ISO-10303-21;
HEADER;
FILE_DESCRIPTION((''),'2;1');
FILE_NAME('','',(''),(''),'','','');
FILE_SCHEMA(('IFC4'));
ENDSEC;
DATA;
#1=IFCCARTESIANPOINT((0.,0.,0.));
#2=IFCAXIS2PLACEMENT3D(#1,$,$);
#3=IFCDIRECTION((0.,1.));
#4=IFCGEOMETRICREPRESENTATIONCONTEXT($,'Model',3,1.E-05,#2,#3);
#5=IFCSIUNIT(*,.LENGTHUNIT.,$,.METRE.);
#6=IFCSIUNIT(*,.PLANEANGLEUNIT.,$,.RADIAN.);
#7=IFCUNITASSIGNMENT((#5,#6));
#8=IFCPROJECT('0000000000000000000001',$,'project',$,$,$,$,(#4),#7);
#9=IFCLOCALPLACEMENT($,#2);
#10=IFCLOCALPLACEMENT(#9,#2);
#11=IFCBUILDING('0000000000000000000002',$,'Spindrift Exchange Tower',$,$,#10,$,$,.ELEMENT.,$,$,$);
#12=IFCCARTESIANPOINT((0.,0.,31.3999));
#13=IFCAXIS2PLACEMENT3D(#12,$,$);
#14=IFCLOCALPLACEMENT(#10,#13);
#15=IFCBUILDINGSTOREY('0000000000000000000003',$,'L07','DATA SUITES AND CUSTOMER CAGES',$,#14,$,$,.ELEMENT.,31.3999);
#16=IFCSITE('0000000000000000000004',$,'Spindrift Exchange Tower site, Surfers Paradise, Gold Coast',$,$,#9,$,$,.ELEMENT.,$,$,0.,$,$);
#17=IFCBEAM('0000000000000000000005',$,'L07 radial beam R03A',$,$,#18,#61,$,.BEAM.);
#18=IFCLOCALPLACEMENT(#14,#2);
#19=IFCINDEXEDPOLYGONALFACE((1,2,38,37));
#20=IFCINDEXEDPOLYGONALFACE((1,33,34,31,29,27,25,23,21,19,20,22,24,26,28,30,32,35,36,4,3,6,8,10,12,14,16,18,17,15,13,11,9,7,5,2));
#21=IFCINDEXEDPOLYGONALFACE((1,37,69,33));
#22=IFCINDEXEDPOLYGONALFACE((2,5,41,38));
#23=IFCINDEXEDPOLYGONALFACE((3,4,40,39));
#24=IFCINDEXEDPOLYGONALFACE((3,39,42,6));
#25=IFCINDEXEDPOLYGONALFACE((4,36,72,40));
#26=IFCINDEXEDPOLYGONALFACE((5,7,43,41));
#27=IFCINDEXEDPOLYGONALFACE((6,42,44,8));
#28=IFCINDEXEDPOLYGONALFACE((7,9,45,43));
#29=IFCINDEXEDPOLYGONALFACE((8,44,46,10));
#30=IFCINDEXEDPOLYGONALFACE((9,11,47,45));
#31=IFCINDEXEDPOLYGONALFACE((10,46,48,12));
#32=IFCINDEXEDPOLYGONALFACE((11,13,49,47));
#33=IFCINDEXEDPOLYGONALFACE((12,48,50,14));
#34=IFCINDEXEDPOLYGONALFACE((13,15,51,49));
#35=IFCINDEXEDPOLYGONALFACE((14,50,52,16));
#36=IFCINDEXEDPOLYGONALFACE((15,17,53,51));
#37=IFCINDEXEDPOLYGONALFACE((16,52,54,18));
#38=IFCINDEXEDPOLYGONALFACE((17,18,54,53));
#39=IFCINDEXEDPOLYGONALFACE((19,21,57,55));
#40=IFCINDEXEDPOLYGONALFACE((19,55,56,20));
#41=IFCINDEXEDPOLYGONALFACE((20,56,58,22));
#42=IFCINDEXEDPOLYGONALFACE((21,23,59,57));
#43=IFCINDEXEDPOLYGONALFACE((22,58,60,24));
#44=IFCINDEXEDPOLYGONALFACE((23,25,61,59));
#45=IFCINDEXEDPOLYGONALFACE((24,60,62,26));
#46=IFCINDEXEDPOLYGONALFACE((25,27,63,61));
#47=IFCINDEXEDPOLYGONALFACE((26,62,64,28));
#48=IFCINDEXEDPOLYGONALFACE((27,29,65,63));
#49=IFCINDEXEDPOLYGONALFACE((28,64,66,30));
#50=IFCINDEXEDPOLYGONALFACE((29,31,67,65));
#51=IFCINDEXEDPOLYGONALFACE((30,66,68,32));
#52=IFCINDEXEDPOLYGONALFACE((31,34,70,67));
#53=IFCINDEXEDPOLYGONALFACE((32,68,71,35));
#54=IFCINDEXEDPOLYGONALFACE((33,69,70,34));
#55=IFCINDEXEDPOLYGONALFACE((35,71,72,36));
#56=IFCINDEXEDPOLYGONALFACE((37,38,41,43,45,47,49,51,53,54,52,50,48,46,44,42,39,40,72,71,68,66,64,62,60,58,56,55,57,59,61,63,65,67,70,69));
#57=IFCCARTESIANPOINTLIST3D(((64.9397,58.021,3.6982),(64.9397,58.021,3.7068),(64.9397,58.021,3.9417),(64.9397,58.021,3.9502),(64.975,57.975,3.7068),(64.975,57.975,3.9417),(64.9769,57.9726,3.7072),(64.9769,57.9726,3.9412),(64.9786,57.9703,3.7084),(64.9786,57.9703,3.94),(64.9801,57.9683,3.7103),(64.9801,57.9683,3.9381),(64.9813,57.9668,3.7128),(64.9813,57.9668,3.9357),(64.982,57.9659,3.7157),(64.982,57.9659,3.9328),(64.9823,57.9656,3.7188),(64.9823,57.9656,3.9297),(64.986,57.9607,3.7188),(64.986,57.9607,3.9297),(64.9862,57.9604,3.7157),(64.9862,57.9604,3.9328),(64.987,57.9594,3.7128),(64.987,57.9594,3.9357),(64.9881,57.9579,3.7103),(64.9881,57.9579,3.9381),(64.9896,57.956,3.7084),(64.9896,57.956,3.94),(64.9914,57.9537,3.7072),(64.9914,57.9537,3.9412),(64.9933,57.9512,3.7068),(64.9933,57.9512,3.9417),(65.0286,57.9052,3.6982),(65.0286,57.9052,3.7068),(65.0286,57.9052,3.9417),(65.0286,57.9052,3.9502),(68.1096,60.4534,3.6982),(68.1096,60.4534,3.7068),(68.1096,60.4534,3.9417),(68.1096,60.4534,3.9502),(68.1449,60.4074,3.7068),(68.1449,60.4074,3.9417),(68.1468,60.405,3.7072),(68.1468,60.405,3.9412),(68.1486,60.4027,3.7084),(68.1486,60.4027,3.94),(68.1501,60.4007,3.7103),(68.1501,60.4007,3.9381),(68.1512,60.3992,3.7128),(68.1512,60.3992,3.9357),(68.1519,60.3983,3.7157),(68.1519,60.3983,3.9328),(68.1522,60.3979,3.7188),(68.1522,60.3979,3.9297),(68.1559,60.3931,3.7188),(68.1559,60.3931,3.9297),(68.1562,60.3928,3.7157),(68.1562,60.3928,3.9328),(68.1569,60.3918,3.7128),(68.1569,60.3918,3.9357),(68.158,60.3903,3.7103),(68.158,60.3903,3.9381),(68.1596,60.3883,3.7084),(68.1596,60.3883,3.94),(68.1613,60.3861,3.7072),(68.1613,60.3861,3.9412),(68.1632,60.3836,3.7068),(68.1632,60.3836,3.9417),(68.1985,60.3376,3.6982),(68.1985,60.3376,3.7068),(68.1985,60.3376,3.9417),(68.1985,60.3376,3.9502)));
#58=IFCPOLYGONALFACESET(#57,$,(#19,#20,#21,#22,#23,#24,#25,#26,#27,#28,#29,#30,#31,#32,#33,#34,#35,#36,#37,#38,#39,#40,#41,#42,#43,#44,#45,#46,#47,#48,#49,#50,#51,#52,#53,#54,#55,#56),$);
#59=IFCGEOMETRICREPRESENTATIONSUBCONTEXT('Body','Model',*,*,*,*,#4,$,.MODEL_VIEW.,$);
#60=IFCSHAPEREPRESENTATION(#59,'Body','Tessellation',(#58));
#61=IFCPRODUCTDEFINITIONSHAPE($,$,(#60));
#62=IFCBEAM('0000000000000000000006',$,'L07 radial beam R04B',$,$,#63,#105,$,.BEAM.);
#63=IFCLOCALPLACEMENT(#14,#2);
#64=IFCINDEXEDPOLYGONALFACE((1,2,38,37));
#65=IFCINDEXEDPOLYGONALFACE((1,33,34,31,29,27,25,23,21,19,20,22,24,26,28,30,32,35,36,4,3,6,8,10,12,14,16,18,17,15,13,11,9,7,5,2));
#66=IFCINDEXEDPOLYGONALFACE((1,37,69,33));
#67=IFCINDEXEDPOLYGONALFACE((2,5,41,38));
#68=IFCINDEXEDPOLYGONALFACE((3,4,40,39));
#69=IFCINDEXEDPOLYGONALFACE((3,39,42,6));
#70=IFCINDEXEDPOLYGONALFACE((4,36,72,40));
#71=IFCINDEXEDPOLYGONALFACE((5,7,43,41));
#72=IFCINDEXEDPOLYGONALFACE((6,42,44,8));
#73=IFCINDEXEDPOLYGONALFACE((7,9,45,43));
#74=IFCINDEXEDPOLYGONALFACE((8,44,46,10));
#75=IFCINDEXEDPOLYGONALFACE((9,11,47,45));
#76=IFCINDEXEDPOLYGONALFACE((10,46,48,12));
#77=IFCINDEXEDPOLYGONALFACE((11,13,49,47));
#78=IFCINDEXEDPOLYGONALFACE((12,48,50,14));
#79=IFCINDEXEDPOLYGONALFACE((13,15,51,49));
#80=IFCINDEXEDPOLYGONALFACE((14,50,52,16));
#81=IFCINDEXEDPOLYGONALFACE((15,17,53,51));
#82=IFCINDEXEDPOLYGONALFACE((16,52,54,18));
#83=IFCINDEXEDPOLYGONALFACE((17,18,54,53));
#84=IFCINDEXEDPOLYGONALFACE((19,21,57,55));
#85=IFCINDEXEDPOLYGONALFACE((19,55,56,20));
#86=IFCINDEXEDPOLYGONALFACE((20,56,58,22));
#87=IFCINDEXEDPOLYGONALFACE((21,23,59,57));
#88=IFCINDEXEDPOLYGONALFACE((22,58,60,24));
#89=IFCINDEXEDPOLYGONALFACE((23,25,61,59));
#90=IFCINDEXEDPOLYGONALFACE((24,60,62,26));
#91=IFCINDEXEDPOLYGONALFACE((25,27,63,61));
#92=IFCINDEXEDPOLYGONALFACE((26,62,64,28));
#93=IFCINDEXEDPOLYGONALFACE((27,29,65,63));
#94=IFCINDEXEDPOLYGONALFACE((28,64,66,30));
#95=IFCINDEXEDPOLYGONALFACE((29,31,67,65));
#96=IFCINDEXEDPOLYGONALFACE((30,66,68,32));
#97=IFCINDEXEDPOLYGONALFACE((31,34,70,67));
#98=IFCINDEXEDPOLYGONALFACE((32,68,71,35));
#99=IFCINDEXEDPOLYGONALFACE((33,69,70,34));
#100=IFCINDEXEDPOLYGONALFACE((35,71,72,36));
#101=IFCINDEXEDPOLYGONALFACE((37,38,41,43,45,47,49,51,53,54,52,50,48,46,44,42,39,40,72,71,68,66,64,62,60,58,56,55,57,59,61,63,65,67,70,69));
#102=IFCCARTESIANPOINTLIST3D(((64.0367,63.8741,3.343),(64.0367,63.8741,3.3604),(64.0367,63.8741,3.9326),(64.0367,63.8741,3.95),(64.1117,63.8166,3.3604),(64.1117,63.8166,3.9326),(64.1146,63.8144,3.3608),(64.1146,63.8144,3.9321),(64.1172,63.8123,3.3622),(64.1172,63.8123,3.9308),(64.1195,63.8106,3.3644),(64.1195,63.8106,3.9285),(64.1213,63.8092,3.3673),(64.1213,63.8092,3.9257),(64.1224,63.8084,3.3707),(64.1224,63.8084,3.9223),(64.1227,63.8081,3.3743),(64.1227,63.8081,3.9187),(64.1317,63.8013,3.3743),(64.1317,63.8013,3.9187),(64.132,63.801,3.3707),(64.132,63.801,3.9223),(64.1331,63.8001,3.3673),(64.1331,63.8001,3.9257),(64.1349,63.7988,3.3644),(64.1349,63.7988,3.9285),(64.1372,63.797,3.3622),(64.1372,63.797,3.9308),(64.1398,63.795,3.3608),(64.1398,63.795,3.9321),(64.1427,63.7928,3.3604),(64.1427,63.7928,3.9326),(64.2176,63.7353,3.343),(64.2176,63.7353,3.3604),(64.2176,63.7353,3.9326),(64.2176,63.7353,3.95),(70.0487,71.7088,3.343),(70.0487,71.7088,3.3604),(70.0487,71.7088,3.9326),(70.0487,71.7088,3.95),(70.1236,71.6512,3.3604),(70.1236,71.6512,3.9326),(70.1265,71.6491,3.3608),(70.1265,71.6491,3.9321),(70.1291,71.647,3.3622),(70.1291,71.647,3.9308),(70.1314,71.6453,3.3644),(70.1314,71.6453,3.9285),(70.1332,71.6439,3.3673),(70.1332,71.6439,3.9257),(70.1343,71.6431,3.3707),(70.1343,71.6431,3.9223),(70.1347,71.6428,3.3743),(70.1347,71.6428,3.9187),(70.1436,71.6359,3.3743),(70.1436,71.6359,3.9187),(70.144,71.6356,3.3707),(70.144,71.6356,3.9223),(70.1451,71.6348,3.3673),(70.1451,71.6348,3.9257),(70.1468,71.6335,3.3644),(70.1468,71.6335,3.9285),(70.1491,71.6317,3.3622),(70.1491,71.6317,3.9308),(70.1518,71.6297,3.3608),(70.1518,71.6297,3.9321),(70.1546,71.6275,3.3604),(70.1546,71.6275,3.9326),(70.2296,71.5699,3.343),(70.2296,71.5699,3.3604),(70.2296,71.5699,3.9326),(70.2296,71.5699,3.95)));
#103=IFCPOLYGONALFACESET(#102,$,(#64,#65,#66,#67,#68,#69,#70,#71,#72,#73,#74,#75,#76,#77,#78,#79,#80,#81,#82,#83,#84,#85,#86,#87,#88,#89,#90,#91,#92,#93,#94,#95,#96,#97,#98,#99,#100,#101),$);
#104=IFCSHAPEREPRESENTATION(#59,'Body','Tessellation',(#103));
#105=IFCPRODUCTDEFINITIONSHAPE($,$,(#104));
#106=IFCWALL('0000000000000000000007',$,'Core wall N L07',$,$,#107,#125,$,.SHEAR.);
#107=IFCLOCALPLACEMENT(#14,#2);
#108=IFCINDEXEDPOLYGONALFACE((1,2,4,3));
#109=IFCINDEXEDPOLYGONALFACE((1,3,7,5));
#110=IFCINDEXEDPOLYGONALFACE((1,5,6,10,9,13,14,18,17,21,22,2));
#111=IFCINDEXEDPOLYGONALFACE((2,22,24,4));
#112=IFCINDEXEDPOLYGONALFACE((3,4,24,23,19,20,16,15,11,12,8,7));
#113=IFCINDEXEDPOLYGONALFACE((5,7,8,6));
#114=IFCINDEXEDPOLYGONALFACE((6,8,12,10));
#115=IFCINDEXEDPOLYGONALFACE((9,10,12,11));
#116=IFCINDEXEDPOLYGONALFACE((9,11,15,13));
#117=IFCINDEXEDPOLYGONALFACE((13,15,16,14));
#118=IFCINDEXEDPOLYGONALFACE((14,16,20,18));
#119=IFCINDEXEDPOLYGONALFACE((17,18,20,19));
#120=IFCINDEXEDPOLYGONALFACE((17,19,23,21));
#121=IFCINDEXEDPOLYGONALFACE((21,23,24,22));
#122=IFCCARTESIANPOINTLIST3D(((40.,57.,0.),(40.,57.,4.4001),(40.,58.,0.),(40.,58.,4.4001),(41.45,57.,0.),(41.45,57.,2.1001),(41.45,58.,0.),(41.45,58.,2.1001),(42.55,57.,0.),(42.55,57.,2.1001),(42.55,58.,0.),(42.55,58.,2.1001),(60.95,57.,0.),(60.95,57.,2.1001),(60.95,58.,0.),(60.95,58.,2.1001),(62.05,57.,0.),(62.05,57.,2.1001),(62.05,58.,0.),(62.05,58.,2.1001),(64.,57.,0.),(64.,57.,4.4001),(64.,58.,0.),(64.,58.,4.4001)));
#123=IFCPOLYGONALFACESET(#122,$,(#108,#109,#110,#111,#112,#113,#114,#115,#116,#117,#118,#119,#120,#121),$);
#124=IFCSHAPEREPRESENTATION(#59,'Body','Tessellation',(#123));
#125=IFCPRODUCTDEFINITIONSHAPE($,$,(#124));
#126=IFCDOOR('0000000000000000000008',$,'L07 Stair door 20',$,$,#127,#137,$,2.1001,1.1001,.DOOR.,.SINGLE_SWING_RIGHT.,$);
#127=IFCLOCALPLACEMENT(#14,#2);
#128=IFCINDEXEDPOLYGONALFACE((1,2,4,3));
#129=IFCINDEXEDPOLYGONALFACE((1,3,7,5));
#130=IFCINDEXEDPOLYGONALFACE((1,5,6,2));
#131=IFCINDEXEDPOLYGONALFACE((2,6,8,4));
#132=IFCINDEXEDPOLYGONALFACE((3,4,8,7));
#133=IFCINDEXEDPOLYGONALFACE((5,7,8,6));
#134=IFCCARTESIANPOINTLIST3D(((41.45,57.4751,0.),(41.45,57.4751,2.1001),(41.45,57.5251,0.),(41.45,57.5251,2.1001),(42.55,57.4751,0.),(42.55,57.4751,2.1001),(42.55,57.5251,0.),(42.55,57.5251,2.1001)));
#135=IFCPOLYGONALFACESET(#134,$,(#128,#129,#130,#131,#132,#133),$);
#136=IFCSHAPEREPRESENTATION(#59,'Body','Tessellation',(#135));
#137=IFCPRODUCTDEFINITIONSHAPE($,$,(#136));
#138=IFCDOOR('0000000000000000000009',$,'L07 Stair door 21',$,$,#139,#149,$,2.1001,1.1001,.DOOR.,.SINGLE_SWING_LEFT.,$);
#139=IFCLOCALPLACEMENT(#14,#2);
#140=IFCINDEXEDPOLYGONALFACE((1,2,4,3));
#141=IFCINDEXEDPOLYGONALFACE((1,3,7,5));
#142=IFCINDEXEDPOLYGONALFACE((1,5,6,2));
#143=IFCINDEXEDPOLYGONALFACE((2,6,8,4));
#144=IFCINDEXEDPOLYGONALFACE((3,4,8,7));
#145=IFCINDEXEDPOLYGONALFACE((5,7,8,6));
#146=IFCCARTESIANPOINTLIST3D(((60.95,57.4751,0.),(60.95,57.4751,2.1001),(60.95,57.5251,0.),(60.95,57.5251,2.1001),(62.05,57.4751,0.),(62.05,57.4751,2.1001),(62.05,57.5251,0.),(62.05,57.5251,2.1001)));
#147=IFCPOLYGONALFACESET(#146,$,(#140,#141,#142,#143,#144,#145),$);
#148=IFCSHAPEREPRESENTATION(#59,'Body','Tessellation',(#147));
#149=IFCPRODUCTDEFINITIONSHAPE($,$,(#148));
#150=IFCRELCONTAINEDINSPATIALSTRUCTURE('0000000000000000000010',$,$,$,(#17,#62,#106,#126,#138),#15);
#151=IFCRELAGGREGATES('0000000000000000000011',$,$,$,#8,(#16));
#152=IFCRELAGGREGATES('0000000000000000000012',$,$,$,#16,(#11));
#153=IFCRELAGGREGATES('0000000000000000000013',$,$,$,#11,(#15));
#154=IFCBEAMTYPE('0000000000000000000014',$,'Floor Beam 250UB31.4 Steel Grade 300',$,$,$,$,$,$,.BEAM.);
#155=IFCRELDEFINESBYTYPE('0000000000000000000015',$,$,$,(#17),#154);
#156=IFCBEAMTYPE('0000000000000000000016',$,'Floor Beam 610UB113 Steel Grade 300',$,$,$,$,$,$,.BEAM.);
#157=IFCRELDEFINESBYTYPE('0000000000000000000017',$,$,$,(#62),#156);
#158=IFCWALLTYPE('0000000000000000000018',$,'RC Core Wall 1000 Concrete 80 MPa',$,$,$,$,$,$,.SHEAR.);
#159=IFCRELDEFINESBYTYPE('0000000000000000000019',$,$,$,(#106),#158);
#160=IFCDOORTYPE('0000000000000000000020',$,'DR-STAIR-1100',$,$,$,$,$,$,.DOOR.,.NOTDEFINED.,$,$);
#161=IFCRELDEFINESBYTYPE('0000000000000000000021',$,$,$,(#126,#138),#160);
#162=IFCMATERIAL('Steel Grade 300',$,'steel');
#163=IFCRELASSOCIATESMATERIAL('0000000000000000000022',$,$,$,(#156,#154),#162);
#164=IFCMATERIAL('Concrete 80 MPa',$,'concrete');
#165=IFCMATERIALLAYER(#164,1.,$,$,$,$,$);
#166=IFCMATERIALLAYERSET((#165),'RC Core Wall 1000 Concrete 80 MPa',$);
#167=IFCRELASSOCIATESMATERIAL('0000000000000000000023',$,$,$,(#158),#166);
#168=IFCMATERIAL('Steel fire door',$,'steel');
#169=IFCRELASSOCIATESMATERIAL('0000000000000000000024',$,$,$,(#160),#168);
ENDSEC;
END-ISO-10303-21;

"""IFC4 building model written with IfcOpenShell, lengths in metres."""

from ifc_helpers import new_model, si_unit, direction, frame, frame_2d, origin, origin_2d, place, context, subcontext, project, spatial, rectangle, i_section, extrude, source, transform, mapped, material, layer, layer_set, material_profile, profile_set, type_object, element, fill, save


model = new_model("IFC4")

# Units and contexts
model_context = context("Model", 3, precision=1e-05, world=origin(), true_north=direction((0.0, 1.0)))
body_context = subcontext(model_context, "Body", "Model", "MODEL_VIEW")
ifc_project = project(units=[si_unit("LENGTHUNIT", "METRE"), si_unit("PLANEANGLEUNIT", "RADIAN")], contexts=[model_context])

# Site, building, storey
site_placement = place(None, origin())
site = spatial("IfcSite", under=ifc_project, at=site_placement, Name="Spindrift Exchange Tower site, Surfers Paradise, Gold Coast", CompositionType="ELEMENT", RefElevation=0.0)
building_placement = place(site_placement, origin())
building = spatial("IfcBuilding", under=site, at=building_placement, Name="Spindrift Exchange Tower", CompositionType="ELEMENT")
storey_placement = place(building_placement, frame((0.0, 0.0, 31.3999)))
storey = spatial("IfcBuildingStorey", under=building, at=storey_placement, Name="L07", Description="DATA SUITES AND CUSTOMER CAGES", CompositionType="ELEMENT", Elevation=31.3999)

# Shared definitions
ifc_material_1 = material(Name="Concrete 80 MPa", Category="concrete")

# Beams
ifc_material_2 = material(Name="Steel Grade 300", Category="steel")
ifc_material_profile_1 = material_profile(ifc_material_2, i_section(OverallWidth=0.228, OverallDepth=0.6069, WebThickness=0.0112, FlangeThickness=0.0173, FilletRadius=0.0139, at=origin_2d()), Name="610UB113")
ifc_profile_set_1 = profile_set([ifc_material_profile_1], Name="Steel Grade 300")
beam_type_1 = type_object("IfcBeamType", Name="Floor Beam 610UB113 Steel Grade 300", PredefinedType="BEAM", material=ifc_profile_set_1)
ifc_material_profile_2 = material_profile(ifc_material_2, i_section(OverallWidth=0.146, OverallDepth=0.252, WebThickness=0.0061, FlangeThickness=0.0085, FilletRadius=0.012, at=origin_2d()), Name="250UB31.4")
ifc_profile_set_2 = profile_set([ifc_material_profile_2], Name="Steel Grade 300")
beam_type_2 = type_object("IfcBeamType", Name="Floor Beam 250UB31.4 Steel Grade 300", PredefinedType="BEAM", material=ifc_profile_set_2)
shared_shape_1 = source(origin(), body_context, "Body", "SweptSolid", [
    extrude(i_section(OverallWidth=0.146, OverallDepth=0.252, WebThickness=0.0061, FlangeThickness=0.0085, FilletRadius=0.012, at=origin_2d()), origin(), (0.0, 0.0, 1.0), 3.9956),
])
beam_1_placement = place(storey_placement, frame((64.9841, 57.9631, 3.8242), z_axis=(0.793353, 0.608762, 0.0), x_axis=(-0.608762, 0.793353, 0.0)))
element("IfcBeam", 1, at=beam_1_placement, inside=storey, type_object=beam_type_2, Name="L07 radial beam R03A", PredefinedType="BEAM", context=body_context, shape_type="MappedRepresentation", body=[
    mapped(shared_shape_1, transform((0.0, 0.0, 0.0), scale=1.0)),
])
shared_shape_2 = source(origin(), body_context, "Body", "SweptSolid", [
    extrude(i_section(OverallWidth=0.228, OverallDepth=0.6069, WebThickness=0.0112, FlangeThickness=0.0173, FilletRadius=0.0139, at=origin_2d()), origin(), (0.0, 0.0, 1.0), 9.8755),
])
beam_2_placement = place(storey_placement, frame((64.1272, 63.8047, 3.6465), z_axis=(0.608772, 0.793345, 0.0), x_axis=(-0.793345, 0.608772, 0.0)))
element("IfcBeam", 2, at=beam_2_placement, inside=storey, type_object=beam_type_1, Name="L07 radial beam R04B", PredefinedType="BEAM", context=body_context, shape_type="MappedRepresentation", body=[
    mapped(shared_shape_2, transform((0.0, 0.0, 0.0), scale=1.0)),
])

# Wall, openings, doors
ifc_layer_1 = layer(ifc_material_1, 1.0)
ifc_layer_set_1 = layer_set([ifc_layer_1], Name="RC Core Wall 1000 Concrete 80 MPa")
wall_type_1 = type_object("IfcWallType", Name="RC Core Wall 1000 Concrete 80 MPa", PredefinedType="SHEAR", material=ifc_layer_set_1)
wall_1_placement = place(storey_placement, frame((64.0, 57.5, 0.0), z_axis=(0.0, 0.0, 1.0), x_axis=(-1.0, 0.0, 0.0)))
wall_1 = element("IfcWall", 3, at=wall_1_placement, inside=storey, type_object=wall_type_1, Name="Core wall N L07", PredefinedType="SHEAR", context=body_context, shape_type="SweptSolid", body=[
    extrude(rectangle(XDim=24.0, YDim=1.0, at=frame_2d((12.0, 0.0))), origin(), (0.0, 0.0, 1.0), 4.4001),
])
opening_1_placement = place(wall_1_placement, frame((21.45, 0.0, 0.0)))
opening_1 = element("IfcOpeningElement", 4, at=opening_1_placement, cuts=wall_1, PredefinedType="OPENING", context=body_context, shape_type="SweptSolid", body=[
    extrude(rectangle(XDim=1.1001, YDim=2.1001, at=frame_2d((0.55, 1.05))), frame((0.0, 0.51, 0.0), z_axis=(0.0, -1.0, 0.0), x_axis=(1.0, 0.0, 0.0)), (0.0, 0.0, 1.0), 1.02),
])
opening_2_placement = place(wall_1_placement, frame((1.95, 0.0, 0.0)))
opening_2 = element("IfcOpeningElement", 5, at=opening_2_placement, cuts=wall_1, PredefinedType="OPENING", context=body_context, shape_type="SweptSolid", body=[
    extrude(rectangle(XDim=1.1001, YDim=2.1001, at=frame_2d((0.55, 1.05))), frame((0.0, 0.51, 0.0), z_axis=(0.0, -1.0, 0.0), x_axis=(1.0, 0.0, 0.0)), (0.0, 0.0, 1.0), 1.02),
])
ifc_material_3 = material(Name="Steel fire door", Category="steel")
door_type_1 = type_object("IfcDoorType", Name="DR-STAIR-1100", OperationType="NOTDEFINED", PredefinedType="DOOR", material=ifc_material_3)
shared_shape_3 = source(origin(), body_context, "Body", "SweptSolid", [
    extrude(rectangle(XDim=1.1001, YDim=2.1001, at=frame_2d((0.55, 1.05))), frame((0.0, 0.0249, 0.0), z_axis=(0.0, -1.0, 0.0), x_axis=(1.0, 0.0, 0.0)), (0.0, 0.0, 1.0), 0.05),
])
door_1_placement = place(opening_1_placement, origin())
door_1 = element("IfcDoor", 6, at=door_1_placement, inside=storey, type_object=door_type_1, Name="L07 Stair door 20", OperationType="SINGLE_SWING_RIGHT", OverallHeight=2.1001, OverallWidth=1.1001, PredefinedType="DOOR", context=body_context, shape_type="MappedRepresentation", body=[
    mapped(shared_shape_3, transform((0.0, 0.0, 0.0), scale=1.0)),
])
fill(opening_1, door_1)
door_2_placement = place(opening_2_placement, origin())
door_2 = element("IfcDoor", 7, at=door_2_placement, inside=storey, type_object=door_type_1, Name="L07 Stair door 21", OperationType="SINGLE_SWING_LEFT", OverallHeight=2.1001, OverallWidth=1.1001, PredefinedType="DOOR", context=body_context, shape_type="MappedRepresentation", body=[
    mapped(shared_shape_3, transform((0.0, 0.0, 0.0), scale=1.0)),
])
fill(opening_2, door_2)

save(model, "model.ifc")
